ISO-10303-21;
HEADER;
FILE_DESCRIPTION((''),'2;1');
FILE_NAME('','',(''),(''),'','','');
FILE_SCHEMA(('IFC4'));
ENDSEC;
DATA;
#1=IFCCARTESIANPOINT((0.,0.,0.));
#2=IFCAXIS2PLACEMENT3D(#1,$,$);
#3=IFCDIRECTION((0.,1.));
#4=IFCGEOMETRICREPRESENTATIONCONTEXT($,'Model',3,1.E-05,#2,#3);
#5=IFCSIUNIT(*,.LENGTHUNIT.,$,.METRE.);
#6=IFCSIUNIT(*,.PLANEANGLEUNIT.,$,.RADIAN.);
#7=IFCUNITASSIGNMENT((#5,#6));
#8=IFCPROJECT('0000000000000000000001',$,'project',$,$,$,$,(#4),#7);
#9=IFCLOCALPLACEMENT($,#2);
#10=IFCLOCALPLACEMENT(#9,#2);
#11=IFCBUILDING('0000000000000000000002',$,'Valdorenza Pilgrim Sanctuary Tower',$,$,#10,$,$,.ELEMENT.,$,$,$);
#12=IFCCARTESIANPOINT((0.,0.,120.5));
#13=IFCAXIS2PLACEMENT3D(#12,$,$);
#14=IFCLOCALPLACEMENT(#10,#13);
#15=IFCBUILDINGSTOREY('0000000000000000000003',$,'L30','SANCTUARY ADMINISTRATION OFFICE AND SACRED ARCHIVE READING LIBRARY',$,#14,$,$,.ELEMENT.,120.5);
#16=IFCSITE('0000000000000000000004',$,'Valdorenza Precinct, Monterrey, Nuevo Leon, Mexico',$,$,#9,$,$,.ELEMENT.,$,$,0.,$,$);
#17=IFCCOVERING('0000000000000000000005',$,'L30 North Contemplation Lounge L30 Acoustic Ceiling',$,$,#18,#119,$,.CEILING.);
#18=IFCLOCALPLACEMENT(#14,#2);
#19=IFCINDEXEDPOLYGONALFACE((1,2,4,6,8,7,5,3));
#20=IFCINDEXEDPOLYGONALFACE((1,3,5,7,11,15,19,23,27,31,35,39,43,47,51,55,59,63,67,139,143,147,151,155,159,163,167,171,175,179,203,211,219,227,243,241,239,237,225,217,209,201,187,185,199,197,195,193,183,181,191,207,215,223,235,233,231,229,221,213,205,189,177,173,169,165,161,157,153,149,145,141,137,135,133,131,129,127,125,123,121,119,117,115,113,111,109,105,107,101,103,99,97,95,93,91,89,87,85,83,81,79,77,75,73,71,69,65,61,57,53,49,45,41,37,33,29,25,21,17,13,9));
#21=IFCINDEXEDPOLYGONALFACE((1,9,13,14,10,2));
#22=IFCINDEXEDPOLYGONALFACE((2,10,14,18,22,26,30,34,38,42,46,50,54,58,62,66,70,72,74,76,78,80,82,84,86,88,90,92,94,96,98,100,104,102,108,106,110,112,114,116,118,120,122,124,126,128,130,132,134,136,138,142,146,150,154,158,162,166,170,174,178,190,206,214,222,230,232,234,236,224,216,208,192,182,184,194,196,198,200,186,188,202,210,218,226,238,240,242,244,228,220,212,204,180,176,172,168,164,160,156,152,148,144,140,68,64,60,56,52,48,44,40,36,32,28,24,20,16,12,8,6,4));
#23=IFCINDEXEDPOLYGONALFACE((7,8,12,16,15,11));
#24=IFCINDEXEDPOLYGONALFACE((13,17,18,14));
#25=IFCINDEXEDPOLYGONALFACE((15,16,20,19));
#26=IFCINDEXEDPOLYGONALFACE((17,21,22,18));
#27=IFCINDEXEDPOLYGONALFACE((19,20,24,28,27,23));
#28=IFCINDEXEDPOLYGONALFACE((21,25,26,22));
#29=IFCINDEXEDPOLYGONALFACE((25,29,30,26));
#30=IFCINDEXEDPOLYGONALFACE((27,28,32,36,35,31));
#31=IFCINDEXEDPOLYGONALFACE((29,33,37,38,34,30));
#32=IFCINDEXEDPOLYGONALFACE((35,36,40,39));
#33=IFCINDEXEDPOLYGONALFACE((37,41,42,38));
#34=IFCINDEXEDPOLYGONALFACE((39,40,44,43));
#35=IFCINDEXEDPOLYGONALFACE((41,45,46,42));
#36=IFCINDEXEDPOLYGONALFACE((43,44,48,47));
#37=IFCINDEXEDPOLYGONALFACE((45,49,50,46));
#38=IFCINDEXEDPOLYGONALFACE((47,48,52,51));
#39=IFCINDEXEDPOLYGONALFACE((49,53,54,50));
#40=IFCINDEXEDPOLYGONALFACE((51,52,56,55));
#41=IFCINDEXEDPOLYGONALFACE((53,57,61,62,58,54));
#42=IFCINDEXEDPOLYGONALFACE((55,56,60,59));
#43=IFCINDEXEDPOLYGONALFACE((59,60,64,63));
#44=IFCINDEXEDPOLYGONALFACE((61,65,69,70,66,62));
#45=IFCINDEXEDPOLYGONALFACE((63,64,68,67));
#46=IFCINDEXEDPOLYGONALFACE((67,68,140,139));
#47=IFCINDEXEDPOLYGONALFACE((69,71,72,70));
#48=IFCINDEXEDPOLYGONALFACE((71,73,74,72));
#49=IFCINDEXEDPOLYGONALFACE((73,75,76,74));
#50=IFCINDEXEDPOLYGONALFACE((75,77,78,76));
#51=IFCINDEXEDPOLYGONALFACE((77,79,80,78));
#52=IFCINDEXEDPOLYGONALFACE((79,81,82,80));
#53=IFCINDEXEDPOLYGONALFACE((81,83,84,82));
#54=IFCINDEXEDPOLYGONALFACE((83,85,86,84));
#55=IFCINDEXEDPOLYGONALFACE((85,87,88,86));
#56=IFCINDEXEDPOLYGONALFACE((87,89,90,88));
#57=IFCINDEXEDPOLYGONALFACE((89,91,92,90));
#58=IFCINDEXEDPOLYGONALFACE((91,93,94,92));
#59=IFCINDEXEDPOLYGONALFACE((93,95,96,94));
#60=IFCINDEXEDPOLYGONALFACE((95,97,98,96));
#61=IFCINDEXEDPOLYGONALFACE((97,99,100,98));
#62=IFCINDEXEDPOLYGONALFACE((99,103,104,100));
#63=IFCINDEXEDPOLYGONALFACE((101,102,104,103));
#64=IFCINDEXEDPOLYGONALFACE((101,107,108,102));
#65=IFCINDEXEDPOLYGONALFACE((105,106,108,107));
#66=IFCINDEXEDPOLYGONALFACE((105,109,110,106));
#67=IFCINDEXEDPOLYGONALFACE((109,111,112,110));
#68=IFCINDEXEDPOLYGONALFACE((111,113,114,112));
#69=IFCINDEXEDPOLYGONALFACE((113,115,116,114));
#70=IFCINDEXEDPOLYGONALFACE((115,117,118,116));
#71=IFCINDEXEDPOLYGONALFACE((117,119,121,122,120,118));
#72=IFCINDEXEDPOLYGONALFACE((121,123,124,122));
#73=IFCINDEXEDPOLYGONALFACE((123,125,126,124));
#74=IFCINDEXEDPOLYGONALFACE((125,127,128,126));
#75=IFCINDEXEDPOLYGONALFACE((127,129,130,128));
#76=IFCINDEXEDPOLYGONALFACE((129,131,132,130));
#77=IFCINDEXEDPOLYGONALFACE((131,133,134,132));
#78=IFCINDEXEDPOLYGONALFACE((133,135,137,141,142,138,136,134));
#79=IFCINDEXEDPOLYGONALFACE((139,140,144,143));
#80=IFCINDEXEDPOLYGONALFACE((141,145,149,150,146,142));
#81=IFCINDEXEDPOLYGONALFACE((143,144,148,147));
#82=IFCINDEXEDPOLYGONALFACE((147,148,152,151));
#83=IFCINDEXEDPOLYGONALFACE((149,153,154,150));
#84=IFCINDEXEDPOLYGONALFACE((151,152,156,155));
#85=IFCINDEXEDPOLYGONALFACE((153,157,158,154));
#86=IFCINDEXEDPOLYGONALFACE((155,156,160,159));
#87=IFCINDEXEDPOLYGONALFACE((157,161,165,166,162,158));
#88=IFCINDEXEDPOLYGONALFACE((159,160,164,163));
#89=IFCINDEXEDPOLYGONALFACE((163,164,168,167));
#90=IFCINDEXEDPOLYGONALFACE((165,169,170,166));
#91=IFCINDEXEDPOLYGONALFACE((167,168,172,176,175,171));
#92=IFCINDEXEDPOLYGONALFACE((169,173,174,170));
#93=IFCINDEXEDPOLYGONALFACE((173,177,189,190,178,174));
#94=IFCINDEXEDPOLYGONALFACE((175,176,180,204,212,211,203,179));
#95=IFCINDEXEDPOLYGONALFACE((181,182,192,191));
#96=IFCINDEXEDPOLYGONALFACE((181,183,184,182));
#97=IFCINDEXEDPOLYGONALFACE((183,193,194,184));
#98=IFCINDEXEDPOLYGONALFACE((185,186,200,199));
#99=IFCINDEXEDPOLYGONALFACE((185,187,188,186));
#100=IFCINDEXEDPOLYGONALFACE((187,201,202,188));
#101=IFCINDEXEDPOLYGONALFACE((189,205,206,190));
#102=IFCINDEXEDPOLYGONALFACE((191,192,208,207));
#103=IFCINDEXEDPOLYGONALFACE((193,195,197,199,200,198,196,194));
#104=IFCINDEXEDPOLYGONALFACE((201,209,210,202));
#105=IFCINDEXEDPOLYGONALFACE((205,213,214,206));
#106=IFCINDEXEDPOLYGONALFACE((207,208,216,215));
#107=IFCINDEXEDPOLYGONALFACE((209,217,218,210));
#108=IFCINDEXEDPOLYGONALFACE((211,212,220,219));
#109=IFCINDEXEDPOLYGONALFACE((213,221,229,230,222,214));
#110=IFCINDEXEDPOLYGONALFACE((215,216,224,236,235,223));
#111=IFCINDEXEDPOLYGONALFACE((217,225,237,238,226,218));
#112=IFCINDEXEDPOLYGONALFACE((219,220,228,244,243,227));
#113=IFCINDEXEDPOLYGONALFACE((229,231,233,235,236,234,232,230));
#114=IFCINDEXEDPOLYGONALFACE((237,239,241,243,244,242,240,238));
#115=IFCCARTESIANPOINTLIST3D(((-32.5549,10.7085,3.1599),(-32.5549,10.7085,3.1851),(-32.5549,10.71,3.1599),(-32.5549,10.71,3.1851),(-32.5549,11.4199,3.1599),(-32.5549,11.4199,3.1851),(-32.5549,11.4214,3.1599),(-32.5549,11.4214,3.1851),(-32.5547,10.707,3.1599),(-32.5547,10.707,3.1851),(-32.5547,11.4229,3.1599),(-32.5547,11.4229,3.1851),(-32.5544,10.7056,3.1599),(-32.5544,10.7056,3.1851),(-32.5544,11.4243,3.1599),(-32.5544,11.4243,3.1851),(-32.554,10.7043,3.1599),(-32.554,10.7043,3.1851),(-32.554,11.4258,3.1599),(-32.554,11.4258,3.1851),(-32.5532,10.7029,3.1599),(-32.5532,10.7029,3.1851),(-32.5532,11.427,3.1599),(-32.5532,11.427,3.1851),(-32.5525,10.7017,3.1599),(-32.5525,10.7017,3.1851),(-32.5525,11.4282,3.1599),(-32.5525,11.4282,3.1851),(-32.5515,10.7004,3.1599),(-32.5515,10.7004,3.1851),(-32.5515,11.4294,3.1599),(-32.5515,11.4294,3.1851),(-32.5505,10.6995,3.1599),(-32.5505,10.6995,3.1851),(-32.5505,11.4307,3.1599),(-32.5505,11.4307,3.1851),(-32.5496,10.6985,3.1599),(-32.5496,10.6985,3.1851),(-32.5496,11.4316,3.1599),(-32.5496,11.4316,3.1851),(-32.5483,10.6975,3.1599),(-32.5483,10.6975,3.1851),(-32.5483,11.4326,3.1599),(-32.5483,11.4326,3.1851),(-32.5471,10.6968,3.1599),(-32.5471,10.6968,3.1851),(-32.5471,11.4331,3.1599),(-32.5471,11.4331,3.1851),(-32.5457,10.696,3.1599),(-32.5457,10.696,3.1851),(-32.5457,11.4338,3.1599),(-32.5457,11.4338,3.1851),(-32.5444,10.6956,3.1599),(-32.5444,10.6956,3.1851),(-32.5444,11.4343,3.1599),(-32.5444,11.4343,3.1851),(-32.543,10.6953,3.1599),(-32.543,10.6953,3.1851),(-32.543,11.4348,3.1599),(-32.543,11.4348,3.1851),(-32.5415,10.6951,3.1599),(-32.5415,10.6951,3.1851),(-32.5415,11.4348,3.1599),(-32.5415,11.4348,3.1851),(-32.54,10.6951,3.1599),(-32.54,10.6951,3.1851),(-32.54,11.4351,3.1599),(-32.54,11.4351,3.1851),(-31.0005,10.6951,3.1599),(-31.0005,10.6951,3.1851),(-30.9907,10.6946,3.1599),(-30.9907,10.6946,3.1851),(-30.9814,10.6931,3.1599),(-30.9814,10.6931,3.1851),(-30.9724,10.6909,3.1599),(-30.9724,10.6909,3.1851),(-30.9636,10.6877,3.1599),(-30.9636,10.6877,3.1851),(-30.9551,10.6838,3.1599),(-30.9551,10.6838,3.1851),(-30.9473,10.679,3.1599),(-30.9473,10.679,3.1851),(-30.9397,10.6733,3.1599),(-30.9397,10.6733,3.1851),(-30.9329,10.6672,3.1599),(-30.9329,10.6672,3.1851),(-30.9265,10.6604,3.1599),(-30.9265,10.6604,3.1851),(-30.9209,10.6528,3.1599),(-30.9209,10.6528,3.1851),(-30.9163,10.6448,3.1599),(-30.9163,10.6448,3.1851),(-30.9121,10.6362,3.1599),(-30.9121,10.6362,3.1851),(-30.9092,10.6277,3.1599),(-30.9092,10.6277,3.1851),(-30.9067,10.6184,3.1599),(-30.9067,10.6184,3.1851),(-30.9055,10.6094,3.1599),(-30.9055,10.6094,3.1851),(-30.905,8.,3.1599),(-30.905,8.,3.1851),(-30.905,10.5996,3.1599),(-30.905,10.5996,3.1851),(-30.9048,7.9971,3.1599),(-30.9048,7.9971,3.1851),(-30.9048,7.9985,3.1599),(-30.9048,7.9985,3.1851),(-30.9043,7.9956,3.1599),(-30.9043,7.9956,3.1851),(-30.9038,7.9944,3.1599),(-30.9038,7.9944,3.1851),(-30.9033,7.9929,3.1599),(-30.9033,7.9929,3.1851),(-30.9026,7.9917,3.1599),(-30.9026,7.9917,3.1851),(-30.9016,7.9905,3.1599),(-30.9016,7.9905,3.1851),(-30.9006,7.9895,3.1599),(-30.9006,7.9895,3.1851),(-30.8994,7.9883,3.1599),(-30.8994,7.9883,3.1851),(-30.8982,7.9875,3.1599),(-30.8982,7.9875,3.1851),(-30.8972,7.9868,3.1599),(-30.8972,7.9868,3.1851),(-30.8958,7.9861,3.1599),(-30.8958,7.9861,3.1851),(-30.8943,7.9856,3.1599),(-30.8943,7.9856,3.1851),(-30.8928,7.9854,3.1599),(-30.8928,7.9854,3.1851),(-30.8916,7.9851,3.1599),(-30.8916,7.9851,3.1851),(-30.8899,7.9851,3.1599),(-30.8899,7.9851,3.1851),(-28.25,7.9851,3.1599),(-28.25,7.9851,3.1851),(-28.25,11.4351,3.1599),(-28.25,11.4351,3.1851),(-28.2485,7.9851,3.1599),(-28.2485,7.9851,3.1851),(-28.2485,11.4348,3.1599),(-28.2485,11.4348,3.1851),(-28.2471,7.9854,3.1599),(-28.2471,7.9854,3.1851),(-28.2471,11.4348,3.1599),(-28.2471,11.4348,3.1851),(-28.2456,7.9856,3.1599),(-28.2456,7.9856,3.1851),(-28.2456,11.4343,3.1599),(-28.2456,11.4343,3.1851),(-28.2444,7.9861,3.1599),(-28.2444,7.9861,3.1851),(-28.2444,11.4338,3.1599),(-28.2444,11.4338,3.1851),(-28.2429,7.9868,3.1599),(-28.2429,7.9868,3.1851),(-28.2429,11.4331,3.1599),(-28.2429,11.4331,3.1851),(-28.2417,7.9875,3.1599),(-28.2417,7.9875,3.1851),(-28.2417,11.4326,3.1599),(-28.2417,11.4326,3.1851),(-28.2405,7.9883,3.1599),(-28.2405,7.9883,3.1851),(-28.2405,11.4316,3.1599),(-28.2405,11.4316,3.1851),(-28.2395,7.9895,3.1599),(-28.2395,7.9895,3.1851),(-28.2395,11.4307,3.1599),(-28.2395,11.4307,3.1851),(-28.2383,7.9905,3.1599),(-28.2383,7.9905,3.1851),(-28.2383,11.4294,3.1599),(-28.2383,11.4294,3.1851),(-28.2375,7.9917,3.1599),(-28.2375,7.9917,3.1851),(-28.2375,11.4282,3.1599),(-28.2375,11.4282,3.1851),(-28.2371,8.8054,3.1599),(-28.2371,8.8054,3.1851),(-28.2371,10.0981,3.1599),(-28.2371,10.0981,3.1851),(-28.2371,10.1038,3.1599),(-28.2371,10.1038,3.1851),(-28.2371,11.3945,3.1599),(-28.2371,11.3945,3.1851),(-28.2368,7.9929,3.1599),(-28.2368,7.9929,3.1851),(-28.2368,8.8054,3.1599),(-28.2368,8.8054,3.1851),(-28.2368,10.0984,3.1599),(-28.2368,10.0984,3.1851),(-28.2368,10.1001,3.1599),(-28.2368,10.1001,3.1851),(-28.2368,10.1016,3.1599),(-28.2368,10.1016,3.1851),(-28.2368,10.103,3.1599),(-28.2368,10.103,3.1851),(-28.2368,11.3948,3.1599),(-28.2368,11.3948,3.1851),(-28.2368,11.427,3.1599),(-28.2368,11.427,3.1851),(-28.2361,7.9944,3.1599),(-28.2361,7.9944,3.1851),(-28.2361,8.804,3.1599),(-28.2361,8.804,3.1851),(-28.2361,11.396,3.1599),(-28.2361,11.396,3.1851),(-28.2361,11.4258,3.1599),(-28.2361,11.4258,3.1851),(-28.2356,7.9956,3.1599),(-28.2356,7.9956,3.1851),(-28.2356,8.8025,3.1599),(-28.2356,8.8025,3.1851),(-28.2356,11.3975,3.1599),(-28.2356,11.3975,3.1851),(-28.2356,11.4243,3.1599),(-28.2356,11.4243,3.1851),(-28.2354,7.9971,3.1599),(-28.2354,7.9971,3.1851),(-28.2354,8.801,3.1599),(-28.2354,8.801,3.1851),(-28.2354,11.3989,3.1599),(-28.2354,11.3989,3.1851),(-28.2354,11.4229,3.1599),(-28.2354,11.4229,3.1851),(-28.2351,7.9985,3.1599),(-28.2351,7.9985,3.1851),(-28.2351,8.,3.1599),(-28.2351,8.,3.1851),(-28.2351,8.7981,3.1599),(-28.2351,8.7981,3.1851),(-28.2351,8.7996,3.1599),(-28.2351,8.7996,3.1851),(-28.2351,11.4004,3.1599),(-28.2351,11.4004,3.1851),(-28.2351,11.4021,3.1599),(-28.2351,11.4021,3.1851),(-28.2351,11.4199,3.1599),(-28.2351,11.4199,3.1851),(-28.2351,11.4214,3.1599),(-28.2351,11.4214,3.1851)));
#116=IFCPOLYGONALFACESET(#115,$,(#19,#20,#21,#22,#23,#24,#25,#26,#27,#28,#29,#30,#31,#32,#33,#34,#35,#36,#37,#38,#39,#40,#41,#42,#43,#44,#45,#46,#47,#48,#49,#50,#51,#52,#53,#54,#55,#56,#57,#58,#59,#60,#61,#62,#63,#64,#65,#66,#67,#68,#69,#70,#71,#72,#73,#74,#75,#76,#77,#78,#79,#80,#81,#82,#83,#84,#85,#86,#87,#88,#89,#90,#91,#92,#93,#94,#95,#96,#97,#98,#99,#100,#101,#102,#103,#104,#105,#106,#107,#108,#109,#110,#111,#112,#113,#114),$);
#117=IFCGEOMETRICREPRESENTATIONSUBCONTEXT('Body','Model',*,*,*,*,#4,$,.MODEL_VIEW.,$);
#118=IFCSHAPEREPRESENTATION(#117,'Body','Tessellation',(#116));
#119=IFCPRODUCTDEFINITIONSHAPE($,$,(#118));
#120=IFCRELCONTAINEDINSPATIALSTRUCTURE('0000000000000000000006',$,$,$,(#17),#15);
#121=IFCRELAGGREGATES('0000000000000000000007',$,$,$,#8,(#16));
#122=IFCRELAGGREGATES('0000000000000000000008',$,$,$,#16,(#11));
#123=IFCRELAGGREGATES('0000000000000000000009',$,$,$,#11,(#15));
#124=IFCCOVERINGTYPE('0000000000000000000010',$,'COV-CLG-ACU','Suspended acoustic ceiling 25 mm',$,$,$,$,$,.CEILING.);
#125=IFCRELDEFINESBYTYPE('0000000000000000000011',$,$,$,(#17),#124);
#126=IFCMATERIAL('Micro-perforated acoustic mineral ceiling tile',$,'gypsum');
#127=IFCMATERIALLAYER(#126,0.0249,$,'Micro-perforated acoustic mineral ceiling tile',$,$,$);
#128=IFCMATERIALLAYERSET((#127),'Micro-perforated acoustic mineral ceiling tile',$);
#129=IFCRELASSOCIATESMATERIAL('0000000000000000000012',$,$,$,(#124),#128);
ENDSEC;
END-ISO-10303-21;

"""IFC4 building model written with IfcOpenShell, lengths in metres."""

from ifc_helpers import new_model, si_unit, direction, frame, origin, place, context, subcontext, project, spatial, polyline, outline, extrude, material, layer, layer_set, type_object, element, save


model = new_model("IFC4")

# Units and contexts
model_context = context("Model", 3, precision=1e-05, world=origin(), true_north=direction((0.0, 1.0)))
body_context = subcontext(model_context, "Body", "Model", "MODEL_VIEW")
ifc_project = project(units=[si_unit("LENGTHUNIT", "METRE"), si_unit("PLANEANGLEUNIT", "RADIAN")], contexts=[model_context])

# Site, building, storey
site_placement = place(None, origin())
site = spatial("IfcSite", under=ifc_project, at=site_placement, Name="Valdorenza Precinct, Monterrey, Nuevo Leon, Mexico", CompositionType="ELEMENT", RefElevation=0.0)
building_placement = place(site_placement, origin())
building = spatial("IfcBuilding", under=site, at=building_placement, Name="Valdorenza Pilgrim Sanctuary Tower", CompositionType="ELEMENT")
storey_placement = place(building_placement, frame((0.0, 0.0, 120.5)))
storey = spatial("IfcBuildingStorey", under=building, at=storey_placement, Name="L30", Description="SANCTUARY ADMINISTRATION OFFICE AND SACRED ARCHIVE READING LIBRARY", CompositionType="ELEMENT", Elevation=120.5)

# Covering
ifc_material_1 = material(Name="Micro-perforated acoustic mineral ceiling tile", Category="gypsum")
ifc_layer_1 = layer(ifc_material_1, 0.0249, Name="Micro-perforated acoustic mineral ceiling tile")
ifc_layer_set_1 = layer_set([ifc_layer_1], Name="Micro-perforated acoustic mineral ceiling tile")
covering_type_1 = type_object("IfcCoveringType", Name="COV-CLG-ACU", Description="Suspended acoustic ceiling 25 mm", PredefinedType="CEILING", material=ifc_layer_set_1)
covering_1_placement = place(storey_placement, frame((0.0, 0.0, 3.1599)))
element("IfcCovering", 1, at=covering_1_placement, inside=storey, type_object=covering_type_1, Name="L30 North Contemplation Lounge L30 Acoustic Ceiling", PredefinedType="CEILING", context=body_context, shape_type="SweptSolid", body=[
    extrude(outline(polyline([(-28.2371, 8.8054), (-28.2368, 8.8054), (-28.2361, 8.804), (-28.2356, 8.8025), (-28.2354, 8.801), (-28.2351, 8.7996), (-28.2351, 8.7981), (-28.2351, 8.0), (-28.2351, 7.9985), (-28.2354, 7.9971), (-28.2356, 7.9956), (-28.2361, 7.9944), (-28.2368, 7.9929), (-28.2375, 7.9917), (-28.2383, 7.9905), (-28.2395, 7.9895), (-28.2405, 7.9883), (-28.2417, 7.9875), (-28.2429, 7.9868), (-28.2444, 7.9861), (-28.2456, 7.9856), (-28.2471, 7.9854), (-28.2485, 7.9851), (-28.25, 7.9851), (-30.8899, 7.9851), (-30.8916, 7.9851), (-30.8928, 7.9854), (-30.8943, 7.9856), (-30.8958, 7.9861), (-30.8972, 7.9868), (-30.8982, 7.9875), (-30.8994, 7.9883), (-30.9006, 7.9895), (-30.9016, 7.9905), (-30.9026, 7.9917), (-30.9033, 7.9929), (-30.9038, 7.9944), (-30.9043, 7.9956), (-30.9048, 7.9971), (-30.9048, 7.9985), (-30.905, 8.0), (-30.905, 10.5996), (-30.9055, 10.6094), (-30.9067, 10.6184), (-30.9092, 10.6277), (-30.9121, 10.6362), (-30.9163, 10.6448), (-30.9209, 10.6528), (-30.9265, 10.6604), (-30.9329, 10.6672), (-30.9397, 10.6733), (-30.9473, 10.679), (-30.9551, 10.6838), (-30.9636, 10.6877), (-30.9724, 10.6909), (-30.9814, 10.6931), (-30.9907, 10.6946), (-31.0005, 10.6951), (-32.54, 10.6951), (-32.5415, 10.6951), (-32.543, 10.6953), (-32.5444, 10.6956), (-32.5457, 10.696), (-32.5471, 10.6968), (-32.5483, 10.6975), (-32.5496, 10.6985), (-32.5505, 10.6995), (-32.5515, 10.7004), (-32.5525, 10.7017), (-32.5532, 10.7029), (-32.554, 10.7043), (-32.5544, 10.7056), (-32.5547, 10.707), (-32.5549, 10.7085), (-32.5549, 10.71), (-32.5549, 11.4199), (-32.5549, 11.4214), (-32.5547, 11.4229), (-32.5544, 11.4243), (-32.554, 11.4258), (-32.5532, 11.427), (-32.5525, 11.4282), (-32.5515, 11.4294), (-32.5505, 11.4307), (-32.5496, 11.4316), (-32.5483, 11.4326), (-32.5471, 11.4331), (-32.5457, 11.4338), (-32.5444, 11.4343), (-32.543, 11.4348), (-32.5415, 11.4348), (-32.54, 11.4351), (-28.25, 11.4351), (-28.2485, 11.4348), (-28.2471, 11.4348), (-28.2456, 11.4343), (-28.2444, 11.4338), (-28.2429, 11.4331), (-28.2417, 11.4326), (-28.2405, 11.4316), (-28.2395, 11.4307), (-28.2383, 11.4294), (-28.2375, 11.4282), (-28.2368, 11.427), (-28.2361, 11.4258), (-28.2356, 11.4243), (-28.2354, 11.4229), (-28.2351, 11.4214), (-28.2351, 11.4199), (-28.2351, 11.4021), (-28.2351, 11.4004), (-28.2354, 11.3989), (-28.2356, 11.3975), (-28.2361, 11.396), (-28.2368, 11.3948), (-28.2371, 11.3945), (-28.2371, 10.1038), (-28.2368, 10.103), (-28.2368, 10.1016), (-28.2368, 10.1001), (-28.2368, 10.0984), (-28.2371, 10.0981), (-28.2371, 8.8054)])), origin(), (0.0, 0.0, 1.0), 0.0251),
])

save(model, "model.ifc")
